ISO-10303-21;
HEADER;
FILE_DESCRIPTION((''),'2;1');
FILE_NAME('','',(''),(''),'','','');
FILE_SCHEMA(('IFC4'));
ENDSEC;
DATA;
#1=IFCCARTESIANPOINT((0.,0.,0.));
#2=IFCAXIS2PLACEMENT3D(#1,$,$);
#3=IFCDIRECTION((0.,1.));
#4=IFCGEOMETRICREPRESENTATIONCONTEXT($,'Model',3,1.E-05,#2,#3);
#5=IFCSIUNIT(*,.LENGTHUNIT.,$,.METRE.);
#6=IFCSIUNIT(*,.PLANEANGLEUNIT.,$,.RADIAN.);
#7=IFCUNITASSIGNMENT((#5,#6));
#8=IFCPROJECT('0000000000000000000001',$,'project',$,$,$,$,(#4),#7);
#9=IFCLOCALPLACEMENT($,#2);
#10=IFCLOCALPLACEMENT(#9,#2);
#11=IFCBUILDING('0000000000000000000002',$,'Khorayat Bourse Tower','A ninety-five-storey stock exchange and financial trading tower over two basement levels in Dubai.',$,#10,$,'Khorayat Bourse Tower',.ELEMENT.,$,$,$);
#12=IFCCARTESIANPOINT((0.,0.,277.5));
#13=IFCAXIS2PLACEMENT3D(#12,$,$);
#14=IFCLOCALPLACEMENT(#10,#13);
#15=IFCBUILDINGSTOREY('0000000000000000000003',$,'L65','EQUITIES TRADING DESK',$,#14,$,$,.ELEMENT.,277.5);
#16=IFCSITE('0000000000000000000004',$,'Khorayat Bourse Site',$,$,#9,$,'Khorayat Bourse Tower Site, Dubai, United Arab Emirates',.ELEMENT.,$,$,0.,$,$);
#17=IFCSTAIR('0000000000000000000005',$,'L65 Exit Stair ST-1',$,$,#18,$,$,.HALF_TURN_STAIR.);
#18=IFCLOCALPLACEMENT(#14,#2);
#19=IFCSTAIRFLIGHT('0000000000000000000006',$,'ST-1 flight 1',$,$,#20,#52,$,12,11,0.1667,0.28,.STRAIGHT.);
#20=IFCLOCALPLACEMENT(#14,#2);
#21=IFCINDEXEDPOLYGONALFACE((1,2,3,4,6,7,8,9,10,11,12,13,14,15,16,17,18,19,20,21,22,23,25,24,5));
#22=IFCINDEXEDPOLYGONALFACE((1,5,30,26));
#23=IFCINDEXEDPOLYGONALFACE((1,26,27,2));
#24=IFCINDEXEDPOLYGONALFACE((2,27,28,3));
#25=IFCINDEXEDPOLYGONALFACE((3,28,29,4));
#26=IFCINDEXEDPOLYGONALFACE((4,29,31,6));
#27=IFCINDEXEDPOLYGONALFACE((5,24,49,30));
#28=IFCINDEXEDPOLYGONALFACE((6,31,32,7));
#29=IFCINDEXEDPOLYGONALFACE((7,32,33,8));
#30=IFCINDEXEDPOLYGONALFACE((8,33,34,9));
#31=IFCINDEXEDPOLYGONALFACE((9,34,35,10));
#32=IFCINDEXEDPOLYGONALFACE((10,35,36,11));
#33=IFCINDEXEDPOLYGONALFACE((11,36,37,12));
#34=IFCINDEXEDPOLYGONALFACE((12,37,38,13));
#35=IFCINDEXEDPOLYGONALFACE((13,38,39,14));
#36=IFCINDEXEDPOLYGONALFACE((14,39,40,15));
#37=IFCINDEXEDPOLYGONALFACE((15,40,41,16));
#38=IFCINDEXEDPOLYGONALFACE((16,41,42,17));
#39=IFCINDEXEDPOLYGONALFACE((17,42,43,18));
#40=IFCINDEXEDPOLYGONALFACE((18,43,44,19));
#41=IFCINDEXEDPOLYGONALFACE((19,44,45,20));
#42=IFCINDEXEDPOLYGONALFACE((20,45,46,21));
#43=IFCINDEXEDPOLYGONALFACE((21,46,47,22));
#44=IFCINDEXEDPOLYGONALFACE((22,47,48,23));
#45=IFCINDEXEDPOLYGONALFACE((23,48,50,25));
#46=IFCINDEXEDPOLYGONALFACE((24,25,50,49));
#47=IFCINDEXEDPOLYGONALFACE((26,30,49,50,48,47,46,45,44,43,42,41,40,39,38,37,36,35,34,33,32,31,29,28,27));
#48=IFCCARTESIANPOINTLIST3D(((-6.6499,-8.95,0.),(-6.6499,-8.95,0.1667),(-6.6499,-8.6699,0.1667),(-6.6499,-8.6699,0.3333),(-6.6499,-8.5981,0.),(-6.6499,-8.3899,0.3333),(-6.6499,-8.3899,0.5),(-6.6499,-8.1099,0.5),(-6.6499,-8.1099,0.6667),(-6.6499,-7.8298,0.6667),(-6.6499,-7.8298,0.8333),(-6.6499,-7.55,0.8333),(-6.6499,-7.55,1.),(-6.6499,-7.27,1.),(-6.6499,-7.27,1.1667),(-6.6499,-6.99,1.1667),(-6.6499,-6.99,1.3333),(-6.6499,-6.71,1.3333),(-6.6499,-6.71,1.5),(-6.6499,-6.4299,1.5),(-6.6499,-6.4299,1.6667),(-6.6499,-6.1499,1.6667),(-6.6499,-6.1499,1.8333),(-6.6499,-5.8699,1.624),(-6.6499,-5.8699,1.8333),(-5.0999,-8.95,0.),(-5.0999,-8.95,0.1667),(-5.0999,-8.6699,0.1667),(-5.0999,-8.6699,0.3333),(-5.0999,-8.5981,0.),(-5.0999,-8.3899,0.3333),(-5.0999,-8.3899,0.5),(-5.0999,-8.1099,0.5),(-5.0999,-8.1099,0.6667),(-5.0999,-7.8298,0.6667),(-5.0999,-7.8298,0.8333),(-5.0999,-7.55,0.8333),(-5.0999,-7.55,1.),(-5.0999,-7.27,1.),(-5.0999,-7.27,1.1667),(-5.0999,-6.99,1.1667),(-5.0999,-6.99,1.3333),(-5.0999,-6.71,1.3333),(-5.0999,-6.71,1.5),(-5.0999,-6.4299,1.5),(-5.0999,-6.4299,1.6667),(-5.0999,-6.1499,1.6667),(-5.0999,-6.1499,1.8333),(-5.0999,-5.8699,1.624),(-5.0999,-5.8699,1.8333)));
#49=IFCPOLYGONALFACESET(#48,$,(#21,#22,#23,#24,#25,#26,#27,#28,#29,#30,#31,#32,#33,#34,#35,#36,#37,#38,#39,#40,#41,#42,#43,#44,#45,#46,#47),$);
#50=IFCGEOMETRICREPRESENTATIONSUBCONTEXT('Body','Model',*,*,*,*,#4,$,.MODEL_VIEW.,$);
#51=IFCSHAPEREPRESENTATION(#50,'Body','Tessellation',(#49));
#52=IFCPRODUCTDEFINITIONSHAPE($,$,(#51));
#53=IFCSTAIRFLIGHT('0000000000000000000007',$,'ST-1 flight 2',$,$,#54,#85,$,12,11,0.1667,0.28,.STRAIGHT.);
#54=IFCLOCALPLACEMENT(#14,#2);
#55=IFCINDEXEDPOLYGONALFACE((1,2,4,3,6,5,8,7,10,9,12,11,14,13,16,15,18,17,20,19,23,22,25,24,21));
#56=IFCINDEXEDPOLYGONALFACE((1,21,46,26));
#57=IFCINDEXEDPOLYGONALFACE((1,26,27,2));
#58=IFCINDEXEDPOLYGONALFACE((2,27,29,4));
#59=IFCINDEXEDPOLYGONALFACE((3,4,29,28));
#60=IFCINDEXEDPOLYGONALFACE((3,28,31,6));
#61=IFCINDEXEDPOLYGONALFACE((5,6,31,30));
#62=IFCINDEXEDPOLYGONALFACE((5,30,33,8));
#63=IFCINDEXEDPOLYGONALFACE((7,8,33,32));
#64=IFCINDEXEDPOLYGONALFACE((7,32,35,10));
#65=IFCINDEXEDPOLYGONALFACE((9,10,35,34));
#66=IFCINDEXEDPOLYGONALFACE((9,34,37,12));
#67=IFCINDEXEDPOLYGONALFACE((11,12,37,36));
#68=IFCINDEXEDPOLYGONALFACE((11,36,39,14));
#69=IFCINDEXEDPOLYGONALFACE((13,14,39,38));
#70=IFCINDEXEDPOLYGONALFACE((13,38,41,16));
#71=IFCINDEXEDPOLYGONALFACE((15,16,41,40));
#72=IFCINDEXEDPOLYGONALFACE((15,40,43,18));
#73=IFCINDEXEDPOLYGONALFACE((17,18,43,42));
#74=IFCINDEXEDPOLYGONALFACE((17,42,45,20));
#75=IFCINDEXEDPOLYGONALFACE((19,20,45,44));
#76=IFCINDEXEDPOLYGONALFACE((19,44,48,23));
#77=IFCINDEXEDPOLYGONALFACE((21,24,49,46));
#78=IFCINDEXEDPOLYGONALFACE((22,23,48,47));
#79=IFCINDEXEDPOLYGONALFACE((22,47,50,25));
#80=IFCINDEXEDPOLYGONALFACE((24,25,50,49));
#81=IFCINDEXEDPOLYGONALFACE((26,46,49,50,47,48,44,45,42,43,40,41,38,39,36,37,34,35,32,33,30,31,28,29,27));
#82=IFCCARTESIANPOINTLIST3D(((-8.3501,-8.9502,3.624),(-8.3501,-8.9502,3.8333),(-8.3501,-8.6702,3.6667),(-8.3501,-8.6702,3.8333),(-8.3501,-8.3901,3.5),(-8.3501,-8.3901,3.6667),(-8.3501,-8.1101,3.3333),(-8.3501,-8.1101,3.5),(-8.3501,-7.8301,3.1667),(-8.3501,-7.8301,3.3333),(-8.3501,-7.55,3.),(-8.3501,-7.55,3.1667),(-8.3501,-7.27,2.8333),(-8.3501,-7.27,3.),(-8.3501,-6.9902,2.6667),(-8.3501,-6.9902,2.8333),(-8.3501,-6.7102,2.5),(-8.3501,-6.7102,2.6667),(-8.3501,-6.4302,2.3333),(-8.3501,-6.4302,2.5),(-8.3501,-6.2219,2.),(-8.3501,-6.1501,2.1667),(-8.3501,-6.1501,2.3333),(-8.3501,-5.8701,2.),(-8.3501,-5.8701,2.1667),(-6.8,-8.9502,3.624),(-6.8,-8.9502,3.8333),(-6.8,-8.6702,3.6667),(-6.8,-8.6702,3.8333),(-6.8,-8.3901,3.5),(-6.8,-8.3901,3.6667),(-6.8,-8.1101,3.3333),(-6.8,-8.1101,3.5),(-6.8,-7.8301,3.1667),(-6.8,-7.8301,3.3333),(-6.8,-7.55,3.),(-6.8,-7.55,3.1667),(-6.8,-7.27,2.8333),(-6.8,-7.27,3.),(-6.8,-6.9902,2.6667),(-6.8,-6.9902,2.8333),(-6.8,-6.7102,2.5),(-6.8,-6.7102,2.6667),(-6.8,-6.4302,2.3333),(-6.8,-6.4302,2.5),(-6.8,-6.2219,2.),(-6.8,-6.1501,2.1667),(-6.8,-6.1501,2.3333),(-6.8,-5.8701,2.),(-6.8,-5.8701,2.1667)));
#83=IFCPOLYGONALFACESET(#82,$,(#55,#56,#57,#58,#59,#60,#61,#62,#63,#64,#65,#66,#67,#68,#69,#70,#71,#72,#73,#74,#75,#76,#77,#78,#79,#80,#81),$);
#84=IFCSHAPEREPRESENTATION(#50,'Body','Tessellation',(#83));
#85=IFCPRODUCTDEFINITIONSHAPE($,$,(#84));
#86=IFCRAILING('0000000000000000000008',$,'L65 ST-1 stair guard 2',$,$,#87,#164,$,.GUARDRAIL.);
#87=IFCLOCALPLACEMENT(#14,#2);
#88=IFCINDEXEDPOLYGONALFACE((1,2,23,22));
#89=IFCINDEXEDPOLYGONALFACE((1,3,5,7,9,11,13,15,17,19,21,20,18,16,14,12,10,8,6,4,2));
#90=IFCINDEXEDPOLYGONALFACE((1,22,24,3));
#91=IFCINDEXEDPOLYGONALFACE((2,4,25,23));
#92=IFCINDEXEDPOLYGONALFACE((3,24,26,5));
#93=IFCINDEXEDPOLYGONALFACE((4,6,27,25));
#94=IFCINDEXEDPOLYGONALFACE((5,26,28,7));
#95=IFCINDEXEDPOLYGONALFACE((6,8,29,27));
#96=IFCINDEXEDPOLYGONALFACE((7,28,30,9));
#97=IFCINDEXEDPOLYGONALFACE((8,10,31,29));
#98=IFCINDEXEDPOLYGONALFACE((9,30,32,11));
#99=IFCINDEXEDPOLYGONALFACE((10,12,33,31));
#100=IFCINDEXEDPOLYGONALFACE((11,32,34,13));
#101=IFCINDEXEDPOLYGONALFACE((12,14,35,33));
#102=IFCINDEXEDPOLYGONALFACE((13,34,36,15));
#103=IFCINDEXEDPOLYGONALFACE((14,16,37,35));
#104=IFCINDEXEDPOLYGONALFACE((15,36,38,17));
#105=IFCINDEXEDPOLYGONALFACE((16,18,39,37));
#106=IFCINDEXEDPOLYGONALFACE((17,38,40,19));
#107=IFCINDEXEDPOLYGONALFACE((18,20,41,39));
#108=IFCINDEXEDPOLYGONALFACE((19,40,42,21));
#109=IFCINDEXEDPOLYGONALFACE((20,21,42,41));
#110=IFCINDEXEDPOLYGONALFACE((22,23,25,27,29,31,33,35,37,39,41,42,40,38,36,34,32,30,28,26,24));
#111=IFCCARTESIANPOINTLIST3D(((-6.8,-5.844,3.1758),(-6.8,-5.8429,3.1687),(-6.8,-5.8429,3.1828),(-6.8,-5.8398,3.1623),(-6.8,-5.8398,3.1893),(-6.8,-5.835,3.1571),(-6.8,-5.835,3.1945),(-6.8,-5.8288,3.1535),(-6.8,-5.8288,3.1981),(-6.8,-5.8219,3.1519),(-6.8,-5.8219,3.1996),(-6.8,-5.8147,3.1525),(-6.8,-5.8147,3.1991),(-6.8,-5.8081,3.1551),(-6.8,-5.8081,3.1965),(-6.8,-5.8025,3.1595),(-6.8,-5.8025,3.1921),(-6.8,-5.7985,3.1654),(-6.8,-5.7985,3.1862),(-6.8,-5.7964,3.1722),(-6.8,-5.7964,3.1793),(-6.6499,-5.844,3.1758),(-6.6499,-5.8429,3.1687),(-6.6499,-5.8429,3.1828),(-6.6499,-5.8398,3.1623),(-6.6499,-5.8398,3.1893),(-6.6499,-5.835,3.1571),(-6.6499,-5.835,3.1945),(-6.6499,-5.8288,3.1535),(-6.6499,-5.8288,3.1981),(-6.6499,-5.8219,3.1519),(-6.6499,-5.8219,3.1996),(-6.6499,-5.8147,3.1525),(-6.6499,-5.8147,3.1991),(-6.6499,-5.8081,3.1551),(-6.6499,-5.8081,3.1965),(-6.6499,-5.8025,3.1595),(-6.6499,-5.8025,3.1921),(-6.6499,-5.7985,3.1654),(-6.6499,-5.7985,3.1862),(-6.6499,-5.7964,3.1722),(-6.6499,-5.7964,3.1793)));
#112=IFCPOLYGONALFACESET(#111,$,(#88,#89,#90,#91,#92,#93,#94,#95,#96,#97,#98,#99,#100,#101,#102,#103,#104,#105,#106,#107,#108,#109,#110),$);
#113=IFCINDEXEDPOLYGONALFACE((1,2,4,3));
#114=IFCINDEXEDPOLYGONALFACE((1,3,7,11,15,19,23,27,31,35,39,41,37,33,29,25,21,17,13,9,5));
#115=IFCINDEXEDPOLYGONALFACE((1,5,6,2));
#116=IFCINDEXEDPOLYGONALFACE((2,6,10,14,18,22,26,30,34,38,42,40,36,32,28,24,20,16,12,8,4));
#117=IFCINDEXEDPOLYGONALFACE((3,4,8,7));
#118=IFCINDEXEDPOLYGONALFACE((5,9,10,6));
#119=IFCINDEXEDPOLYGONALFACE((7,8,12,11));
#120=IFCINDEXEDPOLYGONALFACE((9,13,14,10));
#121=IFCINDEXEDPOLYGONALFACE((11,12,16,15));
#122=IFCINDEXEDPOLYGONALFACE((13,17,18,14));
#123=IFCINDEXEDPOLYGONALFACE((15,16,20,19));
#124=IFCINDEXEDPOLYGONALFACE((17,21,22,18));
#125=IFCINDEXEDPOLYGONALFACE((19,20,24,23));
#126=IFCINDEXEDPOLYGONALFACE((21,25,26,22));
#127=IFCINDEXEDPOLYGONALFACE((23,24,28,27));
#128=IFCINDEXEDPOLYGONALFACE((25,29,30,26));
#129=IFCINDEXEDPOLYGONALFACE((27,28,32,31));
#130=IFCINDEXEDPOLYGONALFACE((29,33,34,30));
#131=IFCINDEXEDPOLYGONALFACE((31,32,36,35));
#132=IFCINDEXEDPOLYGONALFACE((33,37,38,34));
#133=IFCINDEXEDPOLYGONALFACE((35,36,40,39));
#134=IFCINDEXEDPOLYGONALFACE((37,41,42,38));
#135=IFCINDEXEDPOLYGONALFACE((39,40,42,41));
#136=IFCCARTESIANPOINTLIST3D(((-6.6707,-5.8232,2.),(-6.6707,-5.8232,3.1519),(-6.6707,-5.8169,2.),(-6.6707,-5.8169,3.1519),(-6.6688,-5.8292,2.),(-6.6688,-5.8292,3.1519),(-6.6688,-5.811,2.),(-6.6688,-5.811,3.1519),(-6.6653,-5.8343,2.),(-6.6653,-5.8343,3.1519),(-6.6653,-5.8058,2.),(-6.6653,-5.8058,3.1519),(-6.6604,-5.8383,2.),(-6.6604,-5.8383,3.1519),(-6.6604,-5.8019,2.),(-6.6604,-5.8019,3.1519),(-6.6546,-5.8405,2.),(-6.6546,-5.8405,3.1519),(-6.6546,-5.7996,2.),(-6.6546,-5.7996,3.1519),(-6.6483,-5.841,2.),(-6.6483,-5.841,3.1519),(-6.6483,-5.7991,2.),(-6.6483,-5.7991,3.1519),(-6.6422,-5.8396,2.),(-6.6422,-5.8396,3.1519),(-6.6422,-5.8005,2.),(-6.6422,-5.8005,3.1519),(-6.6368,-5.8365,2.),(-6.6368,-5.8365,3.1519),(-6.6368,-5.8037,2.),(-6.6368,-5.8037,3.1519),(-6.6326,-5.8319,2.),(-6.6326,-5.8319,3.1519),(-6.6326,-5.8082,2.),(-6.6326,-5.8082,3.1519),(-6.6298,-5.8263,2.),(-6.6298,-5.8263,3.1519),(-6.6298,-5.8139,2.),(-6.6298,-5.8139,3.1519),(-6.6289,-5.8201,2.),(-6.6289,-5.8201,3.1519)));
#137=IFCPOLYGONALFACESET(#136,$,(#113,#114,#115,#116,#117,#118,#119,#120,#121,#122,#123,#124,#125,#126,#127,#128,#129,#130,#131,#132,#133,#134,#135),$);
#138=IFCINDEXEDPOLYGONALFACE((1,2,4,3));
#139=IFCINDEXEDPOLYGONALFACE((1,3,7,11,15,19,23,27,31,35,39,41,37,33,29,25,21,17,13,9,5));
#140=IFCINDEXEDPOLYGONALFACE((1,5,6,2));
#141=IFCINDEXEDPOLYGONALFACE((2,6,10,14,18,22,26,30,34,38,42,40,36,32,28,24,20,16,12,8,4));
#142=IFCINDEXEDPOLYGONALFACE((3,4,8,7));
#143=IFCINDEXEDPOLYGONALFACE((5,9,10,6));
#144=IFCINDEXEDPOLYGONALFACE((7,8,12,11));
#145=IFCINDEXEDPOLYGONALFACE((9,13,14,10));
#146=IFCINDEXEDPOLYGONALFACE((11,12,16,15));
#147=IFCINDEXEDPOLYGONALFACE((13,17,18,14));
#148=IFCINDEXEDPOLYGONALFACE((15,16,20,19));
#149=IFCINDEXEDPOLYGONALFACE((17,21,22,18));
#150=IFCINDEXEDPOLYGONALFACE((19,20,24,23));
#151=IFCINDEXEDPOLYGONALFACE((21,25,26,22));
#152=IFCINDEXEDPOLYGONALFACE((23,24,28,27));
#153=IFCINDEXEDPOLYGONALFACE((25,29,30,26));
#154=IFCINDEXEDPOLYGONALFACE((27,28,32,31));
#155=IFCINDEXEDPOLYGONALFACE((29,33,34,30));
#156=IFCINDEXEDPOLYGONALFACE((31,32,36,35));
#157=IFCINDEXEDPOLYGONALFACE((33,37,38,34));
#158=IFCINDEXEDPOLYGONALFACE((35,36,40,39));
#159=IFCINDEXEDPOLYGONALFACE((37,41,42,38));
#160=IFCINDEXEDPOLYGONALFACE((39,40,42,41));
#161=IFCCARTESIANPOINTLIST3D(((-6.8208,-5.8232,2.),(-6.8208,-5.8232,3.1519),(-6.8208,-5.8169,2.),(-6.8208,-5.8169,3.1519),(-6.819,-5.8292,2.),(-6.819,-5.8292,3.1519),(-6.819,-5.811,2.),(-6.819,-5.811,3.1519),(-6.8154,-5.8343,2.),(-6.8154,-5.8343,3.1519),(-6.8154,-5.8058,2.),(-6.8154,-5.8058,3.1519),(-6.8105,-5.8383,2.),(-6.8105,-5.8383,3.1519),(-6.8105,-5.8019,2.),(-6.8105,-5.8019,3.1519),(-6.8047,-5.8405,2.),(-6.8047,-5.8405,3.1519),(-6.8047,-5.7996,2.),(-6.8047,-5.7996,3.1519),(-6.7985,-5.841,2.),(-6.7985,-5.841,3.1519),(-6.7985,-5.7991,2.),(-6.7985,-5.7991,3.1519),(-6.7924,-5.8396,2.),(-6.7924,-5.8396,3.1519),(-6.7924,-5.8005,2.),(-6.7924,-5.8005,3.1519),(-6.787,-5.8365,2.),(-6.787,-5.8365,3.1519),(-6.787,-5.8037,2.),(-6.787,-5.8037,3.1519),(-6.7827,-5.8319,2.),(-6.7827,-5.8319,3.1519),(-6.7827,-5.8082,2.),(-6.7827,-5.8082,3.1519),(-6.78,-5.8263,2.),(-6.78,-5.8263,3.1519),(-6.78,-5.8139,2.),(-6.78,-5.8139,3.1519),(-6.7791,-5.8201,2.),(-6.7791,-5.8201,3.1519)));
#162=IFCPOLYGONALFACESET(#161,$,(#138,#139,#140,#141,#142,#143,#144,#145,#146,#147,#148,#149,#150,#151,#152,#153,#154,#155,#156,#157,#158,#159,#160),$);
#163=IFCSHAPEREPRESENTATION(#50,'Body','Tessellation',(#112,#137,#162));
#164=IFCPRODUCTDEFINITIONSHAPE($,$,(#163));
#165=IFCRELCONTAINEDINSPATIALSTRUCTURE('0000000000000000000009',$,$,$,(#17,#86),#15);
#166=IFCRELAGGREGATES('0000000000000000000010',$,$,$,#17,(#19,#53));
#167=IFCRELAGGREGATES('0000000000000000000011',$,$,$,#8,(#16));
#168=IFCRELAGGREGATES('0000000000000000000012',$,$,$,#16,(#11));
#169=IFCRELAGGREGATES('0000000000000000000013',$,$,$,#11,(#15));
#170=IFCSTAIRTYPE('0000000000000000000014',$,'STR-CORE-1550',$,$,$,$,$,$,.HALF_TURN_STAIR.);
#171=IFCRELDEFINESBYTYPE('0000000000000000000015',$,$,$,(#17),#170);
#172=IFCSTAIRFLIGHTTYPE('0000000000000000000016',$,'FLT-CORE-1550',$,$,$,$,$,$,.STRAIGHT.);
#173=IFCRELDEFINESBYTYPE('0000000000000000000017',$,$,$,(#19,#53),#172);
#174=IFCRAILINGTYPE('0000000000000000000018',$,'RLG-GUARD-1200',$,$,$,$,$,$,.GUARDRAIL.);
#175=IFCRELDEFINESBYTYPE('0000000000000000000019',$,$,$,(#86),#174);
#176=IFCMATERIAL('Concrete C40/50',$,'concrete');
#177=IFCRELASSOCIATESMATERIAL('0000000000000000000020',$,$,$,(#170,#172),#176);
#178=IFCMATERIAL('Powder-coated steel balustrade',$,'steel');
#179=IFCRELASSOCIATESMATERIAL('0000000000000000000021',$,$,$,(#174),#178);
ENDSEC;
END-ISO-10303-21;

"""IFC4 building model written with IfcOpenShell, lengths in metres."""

from ifc_helpers import new_model, si_unit, direction, frame, origin, origin_2d, place, context, subcontext, project, spatial, polyline, circle, outline, extrude, source, transform, mapped, material, type_object, element, aggregate, save


model = new_model("IFC4")

# Units and contexts
model_context = context("Model", 3, precision=1e-05, world=origin(), true_north=direction((0.0, 1.0)))
body_context = subcontext(model_context, "Body", "Model", "MODEL_VIEW")
ifc_project = project(units=[si_unit("LENGTHUNIT", "METRE"), si_unit("PLANEANGLEUNIT", "RADIAN")], contexts=[model_context])

# Site, building, storey
site_placement = place(None, origin())
site = spatial("IfcSite", under=ifc_project, at=site_placement, Name="Khorayat Bourse Site", LongName="Khorayat Bourse Tower Site, Dubai, United Arab Emirates", CompositionType="ELEMENT", RefElevation=0.0)
building_placement = place(site_placement, origin())
building = spatial("IfcBuilding", under=site, at=building_placement, Name="Khorayat Bourse Tower", Description="A ninety-five-storey stock exchange and financial trading tower over two basement levels in Dubai.", LongName="Khorayat Bourse Tower", CompositionType="ELEMENT")
storey_placement = place(building_placement, frame((0.0, 0.0, 277.5)))
storey = spatial("IfcBuildingStorey", under=building, at=storey_placement, Name="L65", Description="EQUITIES TRADING DESK", CompositionType="ELEMENT", Elevation=277.5)

# Stair, stair flights
ifc_material_1 = material(Name="Concrete C40/50", Category="concrete")
stair_type = type_object("IfcStairType", Name="STR-CORE-1550", PredefinedType="HALF_TURN_STAIR", material=ifc_material_1)
stair_placement = place(storey_placement, origin())
stair = element("IfcStair", 1, at=stair_placement, inside=storey, type_object=stair_type, Name="L65 Exit Stair ST-1", PredefinedType="HALF_TURN_STAIR")
stair_flight_type = type_object("IfcStairFlightType", Name="FLT-CORE-1550", PredefinedType="STRAIGHT", material=ifc_material_1)
shared_shape_1 = source(origin(), body_context, "Body", "SweptSolid", [
    extrude(outline(polyline([(0.0, 0.0), (0.0, 0.1667), (0.28, 0.1667), (0.28, 0.3333), (0.5601, 0.3333), (0.5601, 0.5), (0.8401, 0.5), (0.8401, 0.6667), (1.1201, 0.6667), (1.1201, 0.8333), (1.3999, 0.8333), (1.3999, 1.0), (1.6799, 1.0), (1.6799, 1.1667), (1.96, 1.1667), (1.96, 1.3333), (2.24, 1.3333), (2.24, 1.5), (2.52, 1.5), (2.52, 1.6667), (2.8, 1.6667), (2.8, 1.8333), (3.0801, 1.8333), (3.0801, 2.0), (3.0801, 1.624), (0.3518, 0.0), (0.0, 0.0)])), frame((0.0, 0.7749, 0.0), z_axis=(0.0, -1.0, 0.0), x_axis=(1.0, 0.0, 0.0)), (0.0, 0.0, 1.0), 1.55),
])
stair_flight_1_placement = place(storey_placement, frame((-5.875, -8.95, 0.0), z_axis=(0.0, 0.0, 1.0), x_axis=(0.0, 1.0, 0.0)))
stair_flight_1 = element("IfcStairFlight", 2, at=stair_flight_1_placement, type_object=stair_flight_type, Name="ST-1 flight 1", NumberOfRisers=12, NumberOfTreads=11, PredefinedType="STRAIGHT", RiserHeight=0.1667, TreadLength=0.28, context=body_context, shape_type="MappedRepresentation", body=[
    mapped(shared_shape_1, transform((0.0, 0.0, 0.0), scale=1.0)),
])
stair_flight_2_placement = place(storey_placement, frame((-7.575, -5.8701, 2.0), z_axis=(0.0, 0.0, 1.0), x_axis=(0.0, -1.0, 0.0)))
stair_flight_2 = element("IfcStairFlight", 3, at=stair_flight_2_placement, type_object=stair_flight_type, Name="ST-1 flight 2", NumberOfRisers=12, NumberOfTreads=11, PredefinedType="STRAIGHT", RiserHeight=0.1667, TreadLength=0.28, context=body_context, shape_type="MappedRepresentation", body=[
    mapped(shared_shape_1, transform((0.0, 0.0, 0.0), scale=1.0)),
])
aggregate(stair, [stair_flight_1, stair_flight_2])

# Railing
ifc_material_2 = material(Name="Powder-coated steel balustrade", Category="steel")
railing_type_1 = type_object("IfcRailingType", Name="RLG-GUARD-1200", PredefinedType="GUARDRAIL", material=ifc_material_2)
shared_shape_2 = source(origin(), body_context, "Body", "SweptSolid", [
    extrude(circle(Radius=0.0239, at=origin_2d()), frame((0.0, 0.0, 1.1758), z_axis=(-1.0, 0.0, 0.0), x_axis=(0.0, -1.0, 0.0)), (0.0, 0.0, 1.0), 0.1501),
    extrude(circle(Radius=0.021, at=origin_2d()), origin(), (0.0, 0.0, 1.0), 1.1519),
    extrude(circle(Radius=0.021, at=origin_2d()), frame((-0.1501, 0.0, 0.0)), (0.0, 0.0, 1.0), 1.1519),
])
for number, where, name in (
    (4, (-6.6499, -5.8201, 2.0), "L65 ST-1 stair guard 2"),
):
    element("IfcRailing", number, at=place(storey_placement, frame(where)), inside=storey, type_object=railing_type_1, Name=name, PredefinedType="GUARDRAIL", context=body_context, shape_type="MappedRepresentation", body=[
        mapped(shared_shape_2, transform((0.0, 0.0, 0.0), scale=1.0)),
    ])

save(model, "model.ifc")
